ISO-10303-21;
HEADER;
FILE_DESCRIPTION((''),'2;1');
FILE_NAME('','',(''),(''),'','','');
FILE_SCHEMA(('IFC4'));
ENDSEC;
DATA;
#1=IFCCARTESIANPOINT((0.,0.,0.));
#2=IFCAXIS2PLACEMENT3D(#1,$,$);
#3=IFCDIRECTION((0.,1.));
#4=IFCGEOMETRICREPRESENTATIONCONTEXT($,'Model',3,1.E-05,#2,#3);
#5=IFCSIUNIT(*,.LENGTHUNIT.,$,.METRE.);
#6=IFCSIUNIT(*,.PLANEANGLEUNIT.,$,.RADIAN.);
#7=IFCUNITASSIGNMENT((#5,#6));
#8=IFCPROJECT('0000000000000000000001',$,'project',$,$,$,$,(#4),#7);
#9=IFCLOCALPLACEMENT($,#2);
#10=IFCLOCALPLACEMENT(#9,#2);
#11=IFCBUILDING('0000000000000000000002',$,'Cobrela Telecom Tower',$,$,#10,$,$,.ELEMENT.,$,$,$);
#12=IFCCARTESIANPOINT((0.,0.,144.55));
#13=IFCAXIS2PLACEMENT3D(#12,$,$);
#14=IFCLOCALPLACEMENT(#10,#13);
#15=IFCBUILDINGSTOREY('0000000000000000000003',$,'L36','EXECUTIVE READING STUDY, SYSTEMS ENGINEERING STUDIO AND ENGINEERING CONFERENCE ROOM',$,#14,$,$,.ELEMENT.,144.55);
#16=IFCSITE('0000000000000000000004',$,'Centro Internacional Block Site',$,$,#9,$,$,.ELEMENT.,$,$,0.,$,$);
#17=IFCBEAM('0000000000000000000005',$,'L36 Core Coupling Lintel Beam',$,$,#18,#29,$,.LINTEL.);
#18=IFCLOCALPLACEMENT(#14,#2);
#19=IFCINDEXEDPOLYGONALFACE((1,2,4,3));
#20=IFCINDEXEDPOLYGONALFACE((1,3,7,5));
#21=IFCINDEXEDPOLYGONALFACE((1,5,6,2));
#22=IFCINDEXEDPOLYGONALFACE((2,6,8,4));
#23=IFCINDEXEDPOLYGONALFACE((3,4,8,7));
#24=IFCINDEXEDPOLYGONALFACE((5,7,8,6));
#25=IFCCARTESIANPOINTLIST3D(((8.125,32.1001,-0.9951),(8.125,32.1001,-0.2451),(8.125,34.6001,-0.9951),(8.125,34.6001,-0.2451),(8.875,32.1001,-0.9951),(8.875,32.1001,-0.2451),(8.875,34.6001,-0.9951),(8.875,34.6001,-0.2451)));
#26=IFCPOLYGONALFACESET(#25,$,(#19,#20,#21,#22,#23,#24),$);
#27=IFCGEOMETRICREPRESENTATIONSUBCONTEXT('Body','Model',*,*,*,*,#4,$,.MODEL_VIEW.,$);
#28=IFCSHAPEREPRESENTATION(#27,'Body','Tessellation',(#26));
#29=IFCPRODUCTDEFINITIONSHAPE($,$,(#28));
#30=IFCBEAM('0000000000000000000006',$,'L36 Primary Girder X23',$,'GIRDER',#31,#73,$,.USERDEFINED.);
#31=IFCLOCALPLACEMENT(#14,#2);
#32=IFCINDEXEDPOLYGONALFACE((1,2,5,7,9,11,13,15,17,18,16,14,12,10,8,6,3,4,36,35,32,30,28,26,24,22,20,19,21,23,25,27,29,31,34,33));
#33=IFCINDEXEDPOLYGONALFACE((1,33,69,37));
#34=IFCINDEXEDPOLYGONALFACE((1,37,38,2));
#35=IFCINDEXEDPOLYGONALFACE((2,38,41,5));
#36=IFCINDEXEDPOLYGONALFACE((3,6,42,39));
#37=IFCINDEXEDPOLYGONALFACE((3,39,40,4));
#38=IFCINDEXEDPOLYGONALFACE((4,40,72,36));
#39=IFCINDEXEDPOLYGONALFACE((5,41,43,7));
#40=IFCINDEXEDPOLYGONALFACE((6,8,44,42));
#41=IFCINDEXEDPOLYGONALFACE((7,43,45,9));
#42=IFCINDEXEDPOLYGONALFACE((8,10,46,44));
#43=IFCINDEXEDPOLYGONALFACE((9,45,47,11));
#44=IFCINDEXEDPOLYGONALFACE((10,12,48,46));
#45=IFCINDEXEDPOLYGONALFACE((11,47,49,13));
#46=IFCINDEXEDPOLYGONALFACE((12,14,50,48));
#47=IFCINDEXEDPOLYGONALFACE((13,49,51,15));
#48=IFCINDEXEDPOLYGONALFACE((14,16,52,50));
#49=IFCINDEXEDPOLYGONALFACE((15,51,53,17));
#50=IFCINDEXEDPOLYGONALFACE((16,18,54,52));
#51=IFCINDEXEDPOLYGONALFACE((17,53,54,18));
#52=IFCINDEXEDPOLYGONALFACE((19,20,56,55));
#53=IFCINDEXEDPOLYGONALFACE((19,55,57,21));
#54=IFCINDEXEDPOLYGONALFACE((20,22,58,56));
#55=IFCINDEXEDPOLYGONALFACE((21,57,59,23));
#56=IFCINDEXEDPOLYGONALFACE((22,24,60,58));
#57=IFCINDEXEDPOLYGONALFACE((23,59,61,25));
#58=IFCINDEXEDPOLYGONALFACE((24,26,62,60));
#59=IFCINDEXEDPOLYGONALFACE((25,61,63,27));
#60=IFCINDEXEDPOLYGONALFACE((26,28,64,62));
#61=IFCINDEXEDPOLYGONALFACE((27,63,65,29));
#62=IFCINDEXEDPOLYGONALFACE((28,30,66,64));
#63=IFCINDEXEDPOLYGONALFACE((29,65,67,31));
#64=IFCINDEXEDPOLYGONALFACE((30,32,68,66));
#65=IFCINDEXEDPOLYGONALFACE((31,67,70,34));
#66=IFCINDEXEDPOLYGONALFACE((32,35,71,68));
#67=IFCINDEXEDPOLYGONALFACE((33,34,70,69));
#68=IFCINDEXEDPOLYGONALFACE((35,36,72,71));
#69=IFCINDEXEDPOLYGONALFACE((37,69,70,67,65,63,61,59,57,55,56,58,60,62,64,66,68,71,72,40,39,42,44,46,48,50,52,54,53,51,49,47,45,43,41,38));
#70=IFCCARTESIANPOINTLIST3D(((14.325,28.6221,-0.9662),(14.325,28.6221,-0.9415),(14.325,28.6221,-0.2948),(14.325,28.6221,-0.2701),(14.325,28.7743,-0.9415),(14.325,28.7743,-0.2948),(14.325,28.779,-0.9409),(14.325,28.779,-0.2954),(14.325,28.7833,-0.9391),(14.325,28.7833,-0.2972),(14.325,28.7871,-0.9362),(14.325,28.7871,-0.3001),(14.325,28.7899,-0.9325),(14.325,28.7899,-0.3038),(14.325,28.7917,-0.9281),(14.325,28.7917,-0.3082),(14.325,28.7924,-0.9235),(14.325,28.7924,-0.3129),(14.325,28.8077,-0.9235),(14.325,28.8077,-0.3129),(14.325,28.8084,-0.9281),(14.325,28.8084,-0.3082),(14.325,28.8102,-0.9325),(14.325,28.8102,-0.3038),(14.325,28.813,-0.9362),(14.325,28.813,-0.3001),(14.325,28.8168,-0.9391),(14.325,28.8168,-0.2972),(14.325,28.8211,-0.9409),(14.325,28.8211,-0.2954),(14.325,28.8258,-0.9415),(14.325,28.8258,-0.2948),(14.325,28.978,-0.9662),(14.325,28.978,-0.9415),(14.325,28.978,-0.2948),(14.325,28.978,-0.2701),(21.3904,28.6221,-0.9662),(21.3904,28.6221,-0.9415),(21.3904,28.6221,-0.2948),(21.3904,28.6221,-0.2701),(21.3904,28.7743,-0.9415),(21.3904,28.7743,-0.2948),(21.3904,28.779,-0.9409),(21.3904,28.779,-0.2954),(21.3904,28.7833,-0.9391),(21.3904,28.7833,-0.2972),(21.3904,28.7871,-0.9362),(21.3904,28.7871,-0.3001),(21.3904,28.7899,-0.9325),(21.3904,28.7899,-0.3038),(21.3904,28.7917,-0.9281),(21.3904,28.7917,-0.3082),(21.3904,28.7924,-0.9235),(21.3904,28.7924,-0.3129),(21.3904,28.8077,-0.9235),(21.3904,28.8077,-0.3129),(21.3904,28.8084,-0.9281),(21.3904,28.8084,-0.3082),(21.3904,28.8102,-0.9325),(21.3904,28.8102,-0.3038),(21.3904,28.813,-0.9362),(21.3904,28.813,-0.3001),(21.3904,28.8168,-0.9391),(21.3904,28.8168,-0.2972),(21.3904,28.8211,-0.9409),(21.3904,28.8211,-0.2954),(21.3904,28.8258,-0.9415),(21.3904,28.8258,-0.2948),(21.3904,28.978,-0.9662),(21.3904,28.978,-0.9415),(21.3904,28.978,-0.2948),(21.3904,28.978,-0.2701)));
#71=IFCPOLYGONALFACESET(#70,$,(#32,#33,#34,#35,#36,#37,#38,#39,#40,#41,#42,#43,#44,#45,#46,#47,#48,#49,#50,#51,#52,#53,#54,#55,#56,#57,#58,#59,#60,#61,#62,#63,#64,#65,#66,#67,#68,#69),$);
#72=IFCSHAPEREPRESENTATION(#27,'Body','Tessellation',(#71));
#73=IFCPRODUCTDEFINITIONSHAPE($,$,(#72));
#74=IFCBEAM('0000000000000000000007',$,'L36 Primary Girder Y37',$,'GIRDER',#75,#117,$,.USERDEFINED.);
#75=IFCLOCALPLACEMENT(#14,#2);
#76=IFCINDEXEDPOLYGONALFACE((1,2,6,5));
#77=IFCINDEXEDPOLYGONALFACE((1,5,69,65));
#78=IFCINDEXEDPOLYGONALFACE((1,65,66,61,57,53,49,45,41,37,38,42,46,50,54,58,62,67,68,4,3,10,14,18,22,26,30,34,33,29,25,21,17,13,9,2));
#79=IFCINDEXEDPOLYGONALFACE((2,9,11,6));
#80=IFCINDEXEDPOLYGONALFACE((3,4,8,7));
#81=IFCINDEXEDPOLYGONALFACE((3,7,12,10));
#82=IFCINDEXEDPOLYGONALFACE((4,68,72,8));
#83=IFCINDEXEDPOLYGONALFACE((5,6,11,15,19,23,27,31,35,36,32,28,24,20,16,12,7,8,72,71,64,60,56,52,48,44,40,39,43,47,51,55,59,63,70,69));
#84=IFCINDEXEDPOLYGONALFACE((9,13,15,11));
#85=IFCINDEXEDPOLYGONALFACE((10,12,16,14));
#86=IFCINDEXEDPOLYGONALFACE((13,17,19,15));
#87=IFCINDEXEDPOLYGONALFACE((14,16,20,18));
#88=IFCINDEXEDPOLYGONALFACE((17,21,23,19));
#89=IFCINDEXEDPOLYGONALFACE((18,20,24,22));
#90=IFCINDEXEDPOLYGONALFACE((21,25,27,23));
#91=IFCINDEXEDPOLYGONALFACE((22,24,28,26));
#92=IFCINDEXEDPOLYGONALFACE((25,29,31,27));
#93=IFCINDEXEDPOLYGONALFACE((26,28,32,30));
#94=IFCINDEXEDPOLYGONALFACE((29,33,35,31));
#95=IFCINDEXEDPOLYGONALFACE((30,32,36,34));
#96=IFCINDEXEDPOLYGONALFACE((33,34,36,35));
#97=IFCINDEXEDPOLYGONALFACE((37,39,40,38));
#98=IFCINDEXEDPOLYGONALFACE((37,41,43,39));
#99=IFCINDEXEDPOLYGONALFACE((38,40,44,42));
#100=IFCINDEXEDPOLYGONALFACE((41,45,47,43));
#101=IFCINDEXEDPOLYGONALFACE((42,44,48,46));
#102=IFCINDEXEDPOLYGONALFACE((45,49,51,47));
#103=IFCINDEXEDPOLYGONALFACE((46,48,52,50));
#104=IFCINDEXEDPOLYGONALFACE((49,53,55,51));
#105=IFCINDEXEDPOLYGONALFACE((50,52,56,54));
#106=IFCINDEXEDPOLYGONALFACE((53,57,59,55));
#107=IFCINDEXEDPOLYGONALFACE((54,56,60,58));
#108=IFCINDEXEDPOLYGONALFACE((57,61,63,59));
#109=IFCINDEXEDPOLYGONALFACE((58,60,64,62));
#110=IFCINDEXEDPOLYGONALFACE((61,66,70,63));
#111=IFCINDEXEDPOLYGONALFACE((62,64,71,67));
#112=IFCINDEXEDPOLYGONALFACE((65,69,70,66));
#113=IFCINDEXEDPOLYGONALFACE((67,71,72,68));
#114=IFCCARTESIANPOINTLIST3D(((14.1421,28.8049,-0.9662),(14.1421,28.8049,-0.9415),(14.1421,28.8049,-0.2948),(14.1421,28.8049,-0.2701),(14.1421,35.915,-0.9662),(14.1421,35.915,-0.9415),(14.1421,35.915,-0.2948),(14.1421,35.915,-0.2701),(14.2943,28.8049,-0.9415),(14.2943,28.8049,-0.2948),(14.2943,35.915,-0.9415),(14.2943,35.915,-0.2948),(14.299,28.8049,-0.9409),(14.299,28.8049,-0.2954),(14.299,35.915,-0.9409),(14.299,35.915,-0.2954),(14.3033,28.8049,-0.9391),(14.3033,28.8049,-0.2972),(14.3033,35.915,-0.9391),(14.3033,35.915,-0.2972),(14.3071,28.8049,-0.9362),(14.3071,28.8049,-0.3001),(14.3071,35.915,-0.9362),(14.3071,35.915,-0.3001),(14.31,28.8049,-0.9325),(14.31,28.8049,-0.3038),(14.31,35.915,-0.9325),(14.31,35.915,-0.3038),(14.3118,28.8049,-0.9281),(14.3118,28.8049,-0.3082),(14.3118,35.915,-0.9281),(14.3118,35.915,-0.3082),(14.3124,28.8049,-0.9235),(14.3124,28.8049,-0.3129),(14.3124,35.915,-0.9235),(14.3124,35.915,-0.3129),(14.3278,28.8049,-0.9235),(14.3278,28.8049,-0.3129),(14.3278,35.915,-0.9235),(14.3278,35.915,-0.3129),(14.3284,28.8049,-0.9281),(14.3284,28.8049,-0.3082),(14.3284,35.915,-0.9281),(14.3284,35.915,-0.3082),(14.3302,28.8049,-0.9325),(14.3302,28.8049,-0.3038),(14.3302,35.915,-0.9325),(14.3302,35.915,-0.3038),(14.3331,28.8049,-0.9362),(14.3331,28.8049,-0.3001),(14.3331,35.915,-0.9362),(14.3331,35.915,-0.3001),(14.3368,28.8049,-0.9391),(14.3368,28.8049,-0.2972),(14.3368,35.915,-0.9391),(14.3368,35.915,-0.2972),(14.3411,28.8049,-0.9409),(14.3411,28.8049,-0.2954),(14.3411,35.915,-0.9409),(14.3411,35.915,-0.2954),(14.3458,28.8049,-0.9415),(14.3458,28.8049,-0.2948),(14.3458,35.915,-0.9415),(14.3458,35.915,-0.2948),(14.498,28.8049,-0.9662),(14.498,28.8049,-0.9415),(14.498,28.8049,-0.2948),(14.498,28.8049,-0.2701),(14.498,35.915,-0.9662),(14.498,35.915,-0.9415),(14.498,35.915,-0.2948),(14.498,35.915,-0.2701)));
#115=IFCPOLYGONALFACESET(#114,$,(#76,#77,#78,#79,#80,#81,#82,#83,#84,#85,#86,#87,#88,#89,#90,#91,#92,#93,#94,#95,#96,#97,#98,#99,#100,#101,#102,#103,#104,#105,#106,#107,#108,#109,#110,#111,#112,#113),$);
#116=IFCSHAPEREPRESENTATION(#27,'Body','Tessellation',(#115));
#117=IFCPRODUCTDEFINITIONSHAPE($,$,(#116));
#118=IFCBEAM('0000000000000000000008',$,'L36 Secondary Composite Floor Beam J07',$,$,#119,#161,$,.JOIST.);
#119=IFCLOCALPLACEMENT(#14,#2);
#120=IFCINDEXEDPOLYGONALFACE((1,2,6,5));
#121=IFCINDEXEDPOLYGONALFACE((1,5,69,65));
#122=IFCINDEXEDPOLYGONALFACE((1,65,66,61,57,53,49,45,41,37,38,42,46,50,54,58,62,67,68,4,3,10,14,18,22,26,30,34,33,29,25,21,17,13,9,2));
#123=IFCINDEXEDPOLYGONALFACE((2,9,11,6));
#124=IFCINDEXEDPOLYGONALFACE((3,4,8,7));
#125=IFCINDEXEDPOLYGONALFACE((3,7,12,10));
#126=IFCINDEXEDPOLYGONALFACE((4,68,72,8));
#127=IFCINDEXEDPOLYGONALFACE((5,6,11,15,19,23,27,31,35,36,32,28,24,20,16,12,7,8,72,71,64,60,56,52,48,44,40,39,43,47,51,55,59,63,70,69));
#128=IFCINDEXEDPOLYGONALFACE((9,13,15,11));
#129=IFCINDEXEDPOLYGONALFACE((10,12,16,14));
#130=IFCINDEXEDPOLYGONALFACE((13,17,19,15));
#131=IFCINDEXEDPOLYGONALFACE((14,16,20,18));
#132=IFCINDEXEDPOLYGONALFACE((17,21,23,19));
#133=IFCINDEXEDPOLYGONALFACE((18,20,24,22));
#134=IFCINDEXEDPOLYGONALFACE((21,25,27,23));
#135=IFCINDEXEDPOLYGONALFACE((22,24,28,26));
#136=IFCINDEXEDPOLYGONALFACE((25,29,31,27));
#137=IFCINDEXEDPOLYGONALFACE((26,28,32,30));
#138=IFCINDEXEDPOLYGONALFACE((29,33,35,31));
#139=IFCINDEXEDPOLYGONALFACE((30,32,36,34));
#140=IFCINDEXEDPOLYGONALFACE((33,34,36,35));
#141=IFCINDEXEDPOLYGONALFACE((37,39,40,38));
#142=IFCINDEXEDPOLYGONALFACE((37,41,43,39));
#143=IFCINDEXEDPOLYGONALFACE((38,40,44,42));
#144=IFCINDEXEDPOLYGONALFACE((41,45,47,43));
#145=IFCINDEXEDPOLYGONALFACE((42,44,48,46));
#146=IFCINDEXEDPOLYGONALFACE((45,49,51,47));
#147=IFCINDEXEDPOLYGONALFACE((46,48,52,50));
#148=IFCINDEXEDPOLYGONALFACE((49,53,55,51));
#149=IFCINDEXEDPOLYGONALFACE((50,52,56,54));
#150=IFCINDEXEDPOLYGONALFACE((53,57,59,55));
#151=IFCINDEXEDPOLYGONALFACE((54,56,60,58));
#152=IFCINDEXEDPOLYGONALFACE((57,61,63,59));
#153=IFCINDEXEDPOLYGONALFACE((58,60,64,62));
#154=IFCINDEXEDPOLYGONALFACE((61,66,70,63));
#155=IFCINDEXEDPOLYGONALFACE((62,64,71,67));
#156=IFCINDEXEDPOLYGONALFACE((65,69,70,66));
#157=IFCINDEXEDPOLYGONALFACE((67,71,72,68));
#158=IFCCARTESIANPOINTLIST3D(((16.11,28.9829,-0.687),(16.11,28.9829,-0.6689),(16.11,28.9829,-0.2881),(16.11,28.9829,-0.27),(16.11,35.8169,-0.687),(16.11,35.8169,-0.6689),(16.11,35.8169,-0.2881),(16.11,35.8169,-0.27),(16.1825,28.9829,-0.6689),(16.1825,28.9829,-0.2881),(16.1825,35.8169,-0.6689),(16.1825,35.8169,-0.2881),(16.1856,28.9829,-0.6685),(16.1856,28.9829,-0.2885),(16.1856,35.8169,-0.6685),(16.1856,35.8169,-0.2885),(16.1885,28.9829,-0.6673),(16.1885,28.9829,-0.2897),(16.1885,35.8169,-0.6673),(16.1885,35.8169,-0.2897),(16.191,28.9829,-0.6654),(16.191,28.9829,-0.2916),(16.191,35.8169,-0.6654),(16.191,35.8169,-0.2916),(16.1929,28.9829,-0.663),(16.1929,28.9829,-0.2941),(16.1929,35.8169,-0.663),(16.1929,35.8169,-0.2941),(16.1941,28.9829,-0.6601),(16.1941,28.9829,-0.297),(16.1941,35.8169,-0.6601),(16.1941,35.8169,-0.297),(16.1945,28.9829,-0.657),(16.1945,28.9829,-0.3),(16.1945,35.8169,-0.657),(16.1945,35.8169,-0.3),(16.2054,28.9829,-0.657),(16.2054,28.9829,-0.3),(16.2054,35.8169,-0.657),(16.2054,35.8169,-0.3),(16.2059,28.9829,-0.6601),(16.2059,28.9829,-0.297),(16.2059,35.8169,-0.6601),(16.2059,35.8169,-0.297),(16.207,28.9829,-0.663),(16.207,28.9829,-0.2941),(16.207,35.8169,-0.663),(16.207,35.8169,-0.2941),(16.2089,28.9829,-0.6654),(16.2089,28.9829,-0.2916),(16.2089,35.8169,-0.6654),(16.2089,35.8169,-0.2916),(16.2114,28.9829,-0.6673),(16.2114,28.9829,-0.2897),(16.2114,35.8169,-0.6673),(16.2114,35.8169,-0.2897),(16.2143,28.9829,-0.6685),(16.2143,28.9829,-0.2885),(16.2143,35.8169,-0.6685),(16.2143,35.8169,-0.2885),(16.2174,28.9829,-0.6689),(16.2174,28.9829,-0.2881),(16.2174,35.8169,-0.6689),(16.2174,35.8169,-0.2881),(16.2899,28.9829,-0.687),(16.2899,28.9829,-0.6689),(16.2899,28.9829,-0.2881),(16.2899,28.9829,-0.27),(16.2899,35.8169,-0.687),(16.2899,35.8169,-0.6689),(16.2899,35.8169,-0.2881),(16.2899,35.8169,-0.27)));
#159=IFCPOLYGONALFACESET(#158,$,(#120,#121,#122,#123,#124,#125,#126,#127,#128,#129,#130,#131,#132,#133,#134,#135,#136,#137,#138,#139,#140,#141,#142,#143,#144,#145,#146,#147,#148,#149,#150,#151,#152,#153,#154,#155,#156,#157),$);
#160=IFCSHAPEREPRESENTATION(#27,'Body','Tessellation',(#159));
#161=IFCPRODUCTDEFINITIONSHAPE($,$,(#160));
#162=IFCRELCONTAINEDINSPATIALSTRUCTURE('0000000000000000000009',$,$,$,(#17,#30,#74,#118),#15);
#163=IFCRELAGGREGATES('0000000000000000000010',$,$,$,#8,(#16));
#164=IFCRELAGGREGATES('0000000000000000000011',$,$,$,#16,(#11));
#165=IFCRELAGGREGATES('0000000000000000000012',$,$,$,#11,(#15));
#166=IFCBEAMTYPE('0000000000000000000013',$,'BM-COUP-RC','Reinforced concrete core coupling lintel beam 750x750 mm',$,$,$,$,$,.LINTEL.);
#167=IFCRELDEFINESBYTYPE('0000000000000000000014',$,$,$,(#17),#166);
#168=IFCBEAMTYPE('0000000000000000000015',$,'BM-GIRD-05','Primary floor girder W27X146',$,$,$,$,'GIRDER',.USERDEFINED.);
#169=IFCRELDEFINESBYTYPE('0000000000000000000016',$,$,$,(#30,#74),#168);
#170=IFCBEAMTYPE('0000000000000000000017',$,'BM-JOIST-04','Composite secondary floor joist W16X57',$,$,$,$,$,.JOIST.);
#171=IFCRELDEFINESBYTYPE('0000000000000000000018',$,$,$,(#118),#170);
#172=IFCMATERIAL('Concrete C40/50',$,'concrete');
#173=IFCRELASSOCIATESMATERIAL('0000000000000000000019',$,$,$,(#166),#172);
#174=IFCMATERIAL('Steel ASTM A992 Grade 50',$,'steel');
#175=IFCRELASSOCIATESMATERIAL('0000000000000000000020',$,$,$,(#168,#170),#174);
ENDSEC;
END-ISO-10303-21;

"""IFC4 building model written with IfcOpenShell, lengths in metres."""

from ifc_helpers import new_model, si_unit, direction, frame, origin, origin_2d, place, context, subcontext, project, spatial, rectangle, i_section, extrude, material, material_profile, profile_set, type_object, element, save


model = new_model("IFC4")

# Units and contexts
model_context = context("Model", 3, precision=1e-05, world=origin(), true_north=direction((0.0, 1.0)))
body_context = subcontext(model_context, "Body", "Model", "MODEL_VIEW")
ifc_project = project(units=[si_unit("LENGTHUNIT", "METRE"), si_unit("PLANEANGLEUNIT", "RADIAN")], contexts=[model_context])

# Site, building, storey
site_placement = place(None, origin())
site = spatial("IfcSite", under=ifc_project, at=site_placement, Name="Centro Internacional Block Site", CompositionType="ELEMENT", RefElevation=0.0)
building_placement = place(site_placement, origin())
building = spatial("IfcBuilding", under=site, at=building_placement, Name="Cobrela Telecom Tower", CompositionType="ELEMENT")
storey_placement = place(building_placement, frame((0.0, 0.0, 144.55)))
storey = spatial("IfcBuildingStorey", under=building, at=storey_placement, Name="L36", Description="EXECUTIVE READING STUDY, SYSTEMS ENGINEERING STUDIO AND ENGINEERING CONFERENCE ROOM", CompositionType="ELEMENT", Elevation=144.55)

# Beams
ifc_material_1 = material(Name="Concrete C40/50", Category="concrete")
ifc_material_profile_1 = material_profile(ifc_material_1, rectangle(XDim=0.75, YDim=0.75, at=origin_2d()), Name="RC 750x750")
ifc_profile_set_1 = profile_set([ifc_material_profile_1], Name="Concrete C40/50")
beam_type_1 = type_object("IfcBeamType", Name="BM-COUP-RC", Description="Reinforced concrete core coupling lintel beam 750x750 mm", PredefinedType="LINTEL", material=ifc_profile_set_1)
beam_1_placement = place(storey_placement, frame((8.5, 32.1001, -0.6201), z_axis=(0.0, 1.0, 0.0), x_axis=(-1.0, 0.0, 0.0)))
element("IfcBeam", 1, at=beam_1_placement, inside=storey, type_object=beam_type_1, Name="L36 Core Coupling Lintel Beam", PredefinedType="LINTEL", context=body_context, shape_type="SweptSolid", body=[
    extrude(rectangle(XDim=0.75, YDim=0.75, at=origin_2d()), origin(), (0.0, 0.0, 1.0), 2.5),
])
ifc_material_2 = material(Name="Steel ASTM A992 Grade 50", Category="steel")
ifc_material_profile_2 = material_profile(ifc_material_2, i_section(OverallWidth=0.356, OverallDepth=0.696, WebThickness=0.0154, FlangeThickness=0.0247, FilletRadius=0.0181, at=origin_2d()), Name="W27X146")
ifc_profile_set_2 = profile_set([ifc_material_profile_2], Name="Steel ASTM A992 Grade 50")
beam_type_2 = type_object("IfcBeamType", Name="BM-GIRD-05", Description="Primary floor girder W27X146", ElementType="GIRDER", PredefinedType="USERDEFINED", material=ifc_profile_set_2)
beam_2_placement = place(storey_placement, frame((14.325, 28.8, -0.6182), z_axis=(1.0, 0.0, 0.0), x_axis=(0.0, 1.0, 0.0)))
element("IfcBeam", 2, at=beam_2_placement, inside=storey, type_object=beam_type_2, Name="L36 Primary Girder X23", ObjectType="GIRDER", PredefinedType="USERDEFINED", context=body_context, shape_type="SweptSolid", body=[
    extrude(i_section(OverallWidth=0.356, OverallDepth=0.696, WebThickness=0.0154, FlangeThickness=0.0247, FilletRadius=0.0181, at=origin_2d()), origin(), (0.0, 0.0, 1.0), 7.0654),
])
beam_3_placement = place(storey_placement, frame((14.3201, 28.8049, -0.6182), z_axis=(0.0, 1.0, 0.0), x_axis=(-1.0, 0.0, 0.0)))
element("IfcBeam", 3, at=beam_3_placement, inside=storey, type_object=beam_type_2, Name="L36 Primary Girder Y37", ObjectType="GIRDER", PredefinedType="USERDEFINED", context=body_context, shape_type="SweptSolid", body=[
    extrude(i_section(OverallWidth=0.356, OverallDepth=0.696, WebThickness=0.0154, FlangeThickness=0.0247, FilletRadius=0.0181, at=origin_2d()), origin(), (0.0, 0.0, 1.0), 7.1101),
])
ifc_material_profile_3 = material_profile(ifc_material_2, i_section(OverallWidth=0.1799, OverallDepth=0.417, WebThickness=0.011, FlangeThickness=0.0181, FilletRadius=0.012, at=origin_2d()), Name="W16X57")
ifc_profile_set_3 = profile_set([ifc_material_profile_3], Name="Steel ASTM A992 Grade 50")
beam_type_3 = type_object("IfcBeamType", Name="BM-JOIST-04", Description="Composite secondary floor joist W16X57", PredefinedType="JOIST", material=ifc_profile_set_3)
for number, where, z_axis, x_axis, name in (
    (4, (16.2, 28.9829, -0.4785), (0.0, 1.0, 0.0), (-1.0, 0.0, 0.0), "L36 Secondary Composite Floor Beam J07"),
):
    element("IfcBeam", number, at=place(storey_placement, frame(where, z_axis=z_axis, x_axis=x_axis)), inside=storey, type_object=beam_type_3, Name=name, PredefinedType="JOIST", context=body_context, shape_type="SweptSolid", body=[
        extrude(i_section(OverallWidth=0.1799, OverallDepth=0.417, WebThickness=0.011, FlangeThickness=0.0181, FilletRadius=0.012, at=origin_2d()), origin(), (0.0, 0.0, 1.0), 6.834),
    ])

save(model, "model.ifc")
